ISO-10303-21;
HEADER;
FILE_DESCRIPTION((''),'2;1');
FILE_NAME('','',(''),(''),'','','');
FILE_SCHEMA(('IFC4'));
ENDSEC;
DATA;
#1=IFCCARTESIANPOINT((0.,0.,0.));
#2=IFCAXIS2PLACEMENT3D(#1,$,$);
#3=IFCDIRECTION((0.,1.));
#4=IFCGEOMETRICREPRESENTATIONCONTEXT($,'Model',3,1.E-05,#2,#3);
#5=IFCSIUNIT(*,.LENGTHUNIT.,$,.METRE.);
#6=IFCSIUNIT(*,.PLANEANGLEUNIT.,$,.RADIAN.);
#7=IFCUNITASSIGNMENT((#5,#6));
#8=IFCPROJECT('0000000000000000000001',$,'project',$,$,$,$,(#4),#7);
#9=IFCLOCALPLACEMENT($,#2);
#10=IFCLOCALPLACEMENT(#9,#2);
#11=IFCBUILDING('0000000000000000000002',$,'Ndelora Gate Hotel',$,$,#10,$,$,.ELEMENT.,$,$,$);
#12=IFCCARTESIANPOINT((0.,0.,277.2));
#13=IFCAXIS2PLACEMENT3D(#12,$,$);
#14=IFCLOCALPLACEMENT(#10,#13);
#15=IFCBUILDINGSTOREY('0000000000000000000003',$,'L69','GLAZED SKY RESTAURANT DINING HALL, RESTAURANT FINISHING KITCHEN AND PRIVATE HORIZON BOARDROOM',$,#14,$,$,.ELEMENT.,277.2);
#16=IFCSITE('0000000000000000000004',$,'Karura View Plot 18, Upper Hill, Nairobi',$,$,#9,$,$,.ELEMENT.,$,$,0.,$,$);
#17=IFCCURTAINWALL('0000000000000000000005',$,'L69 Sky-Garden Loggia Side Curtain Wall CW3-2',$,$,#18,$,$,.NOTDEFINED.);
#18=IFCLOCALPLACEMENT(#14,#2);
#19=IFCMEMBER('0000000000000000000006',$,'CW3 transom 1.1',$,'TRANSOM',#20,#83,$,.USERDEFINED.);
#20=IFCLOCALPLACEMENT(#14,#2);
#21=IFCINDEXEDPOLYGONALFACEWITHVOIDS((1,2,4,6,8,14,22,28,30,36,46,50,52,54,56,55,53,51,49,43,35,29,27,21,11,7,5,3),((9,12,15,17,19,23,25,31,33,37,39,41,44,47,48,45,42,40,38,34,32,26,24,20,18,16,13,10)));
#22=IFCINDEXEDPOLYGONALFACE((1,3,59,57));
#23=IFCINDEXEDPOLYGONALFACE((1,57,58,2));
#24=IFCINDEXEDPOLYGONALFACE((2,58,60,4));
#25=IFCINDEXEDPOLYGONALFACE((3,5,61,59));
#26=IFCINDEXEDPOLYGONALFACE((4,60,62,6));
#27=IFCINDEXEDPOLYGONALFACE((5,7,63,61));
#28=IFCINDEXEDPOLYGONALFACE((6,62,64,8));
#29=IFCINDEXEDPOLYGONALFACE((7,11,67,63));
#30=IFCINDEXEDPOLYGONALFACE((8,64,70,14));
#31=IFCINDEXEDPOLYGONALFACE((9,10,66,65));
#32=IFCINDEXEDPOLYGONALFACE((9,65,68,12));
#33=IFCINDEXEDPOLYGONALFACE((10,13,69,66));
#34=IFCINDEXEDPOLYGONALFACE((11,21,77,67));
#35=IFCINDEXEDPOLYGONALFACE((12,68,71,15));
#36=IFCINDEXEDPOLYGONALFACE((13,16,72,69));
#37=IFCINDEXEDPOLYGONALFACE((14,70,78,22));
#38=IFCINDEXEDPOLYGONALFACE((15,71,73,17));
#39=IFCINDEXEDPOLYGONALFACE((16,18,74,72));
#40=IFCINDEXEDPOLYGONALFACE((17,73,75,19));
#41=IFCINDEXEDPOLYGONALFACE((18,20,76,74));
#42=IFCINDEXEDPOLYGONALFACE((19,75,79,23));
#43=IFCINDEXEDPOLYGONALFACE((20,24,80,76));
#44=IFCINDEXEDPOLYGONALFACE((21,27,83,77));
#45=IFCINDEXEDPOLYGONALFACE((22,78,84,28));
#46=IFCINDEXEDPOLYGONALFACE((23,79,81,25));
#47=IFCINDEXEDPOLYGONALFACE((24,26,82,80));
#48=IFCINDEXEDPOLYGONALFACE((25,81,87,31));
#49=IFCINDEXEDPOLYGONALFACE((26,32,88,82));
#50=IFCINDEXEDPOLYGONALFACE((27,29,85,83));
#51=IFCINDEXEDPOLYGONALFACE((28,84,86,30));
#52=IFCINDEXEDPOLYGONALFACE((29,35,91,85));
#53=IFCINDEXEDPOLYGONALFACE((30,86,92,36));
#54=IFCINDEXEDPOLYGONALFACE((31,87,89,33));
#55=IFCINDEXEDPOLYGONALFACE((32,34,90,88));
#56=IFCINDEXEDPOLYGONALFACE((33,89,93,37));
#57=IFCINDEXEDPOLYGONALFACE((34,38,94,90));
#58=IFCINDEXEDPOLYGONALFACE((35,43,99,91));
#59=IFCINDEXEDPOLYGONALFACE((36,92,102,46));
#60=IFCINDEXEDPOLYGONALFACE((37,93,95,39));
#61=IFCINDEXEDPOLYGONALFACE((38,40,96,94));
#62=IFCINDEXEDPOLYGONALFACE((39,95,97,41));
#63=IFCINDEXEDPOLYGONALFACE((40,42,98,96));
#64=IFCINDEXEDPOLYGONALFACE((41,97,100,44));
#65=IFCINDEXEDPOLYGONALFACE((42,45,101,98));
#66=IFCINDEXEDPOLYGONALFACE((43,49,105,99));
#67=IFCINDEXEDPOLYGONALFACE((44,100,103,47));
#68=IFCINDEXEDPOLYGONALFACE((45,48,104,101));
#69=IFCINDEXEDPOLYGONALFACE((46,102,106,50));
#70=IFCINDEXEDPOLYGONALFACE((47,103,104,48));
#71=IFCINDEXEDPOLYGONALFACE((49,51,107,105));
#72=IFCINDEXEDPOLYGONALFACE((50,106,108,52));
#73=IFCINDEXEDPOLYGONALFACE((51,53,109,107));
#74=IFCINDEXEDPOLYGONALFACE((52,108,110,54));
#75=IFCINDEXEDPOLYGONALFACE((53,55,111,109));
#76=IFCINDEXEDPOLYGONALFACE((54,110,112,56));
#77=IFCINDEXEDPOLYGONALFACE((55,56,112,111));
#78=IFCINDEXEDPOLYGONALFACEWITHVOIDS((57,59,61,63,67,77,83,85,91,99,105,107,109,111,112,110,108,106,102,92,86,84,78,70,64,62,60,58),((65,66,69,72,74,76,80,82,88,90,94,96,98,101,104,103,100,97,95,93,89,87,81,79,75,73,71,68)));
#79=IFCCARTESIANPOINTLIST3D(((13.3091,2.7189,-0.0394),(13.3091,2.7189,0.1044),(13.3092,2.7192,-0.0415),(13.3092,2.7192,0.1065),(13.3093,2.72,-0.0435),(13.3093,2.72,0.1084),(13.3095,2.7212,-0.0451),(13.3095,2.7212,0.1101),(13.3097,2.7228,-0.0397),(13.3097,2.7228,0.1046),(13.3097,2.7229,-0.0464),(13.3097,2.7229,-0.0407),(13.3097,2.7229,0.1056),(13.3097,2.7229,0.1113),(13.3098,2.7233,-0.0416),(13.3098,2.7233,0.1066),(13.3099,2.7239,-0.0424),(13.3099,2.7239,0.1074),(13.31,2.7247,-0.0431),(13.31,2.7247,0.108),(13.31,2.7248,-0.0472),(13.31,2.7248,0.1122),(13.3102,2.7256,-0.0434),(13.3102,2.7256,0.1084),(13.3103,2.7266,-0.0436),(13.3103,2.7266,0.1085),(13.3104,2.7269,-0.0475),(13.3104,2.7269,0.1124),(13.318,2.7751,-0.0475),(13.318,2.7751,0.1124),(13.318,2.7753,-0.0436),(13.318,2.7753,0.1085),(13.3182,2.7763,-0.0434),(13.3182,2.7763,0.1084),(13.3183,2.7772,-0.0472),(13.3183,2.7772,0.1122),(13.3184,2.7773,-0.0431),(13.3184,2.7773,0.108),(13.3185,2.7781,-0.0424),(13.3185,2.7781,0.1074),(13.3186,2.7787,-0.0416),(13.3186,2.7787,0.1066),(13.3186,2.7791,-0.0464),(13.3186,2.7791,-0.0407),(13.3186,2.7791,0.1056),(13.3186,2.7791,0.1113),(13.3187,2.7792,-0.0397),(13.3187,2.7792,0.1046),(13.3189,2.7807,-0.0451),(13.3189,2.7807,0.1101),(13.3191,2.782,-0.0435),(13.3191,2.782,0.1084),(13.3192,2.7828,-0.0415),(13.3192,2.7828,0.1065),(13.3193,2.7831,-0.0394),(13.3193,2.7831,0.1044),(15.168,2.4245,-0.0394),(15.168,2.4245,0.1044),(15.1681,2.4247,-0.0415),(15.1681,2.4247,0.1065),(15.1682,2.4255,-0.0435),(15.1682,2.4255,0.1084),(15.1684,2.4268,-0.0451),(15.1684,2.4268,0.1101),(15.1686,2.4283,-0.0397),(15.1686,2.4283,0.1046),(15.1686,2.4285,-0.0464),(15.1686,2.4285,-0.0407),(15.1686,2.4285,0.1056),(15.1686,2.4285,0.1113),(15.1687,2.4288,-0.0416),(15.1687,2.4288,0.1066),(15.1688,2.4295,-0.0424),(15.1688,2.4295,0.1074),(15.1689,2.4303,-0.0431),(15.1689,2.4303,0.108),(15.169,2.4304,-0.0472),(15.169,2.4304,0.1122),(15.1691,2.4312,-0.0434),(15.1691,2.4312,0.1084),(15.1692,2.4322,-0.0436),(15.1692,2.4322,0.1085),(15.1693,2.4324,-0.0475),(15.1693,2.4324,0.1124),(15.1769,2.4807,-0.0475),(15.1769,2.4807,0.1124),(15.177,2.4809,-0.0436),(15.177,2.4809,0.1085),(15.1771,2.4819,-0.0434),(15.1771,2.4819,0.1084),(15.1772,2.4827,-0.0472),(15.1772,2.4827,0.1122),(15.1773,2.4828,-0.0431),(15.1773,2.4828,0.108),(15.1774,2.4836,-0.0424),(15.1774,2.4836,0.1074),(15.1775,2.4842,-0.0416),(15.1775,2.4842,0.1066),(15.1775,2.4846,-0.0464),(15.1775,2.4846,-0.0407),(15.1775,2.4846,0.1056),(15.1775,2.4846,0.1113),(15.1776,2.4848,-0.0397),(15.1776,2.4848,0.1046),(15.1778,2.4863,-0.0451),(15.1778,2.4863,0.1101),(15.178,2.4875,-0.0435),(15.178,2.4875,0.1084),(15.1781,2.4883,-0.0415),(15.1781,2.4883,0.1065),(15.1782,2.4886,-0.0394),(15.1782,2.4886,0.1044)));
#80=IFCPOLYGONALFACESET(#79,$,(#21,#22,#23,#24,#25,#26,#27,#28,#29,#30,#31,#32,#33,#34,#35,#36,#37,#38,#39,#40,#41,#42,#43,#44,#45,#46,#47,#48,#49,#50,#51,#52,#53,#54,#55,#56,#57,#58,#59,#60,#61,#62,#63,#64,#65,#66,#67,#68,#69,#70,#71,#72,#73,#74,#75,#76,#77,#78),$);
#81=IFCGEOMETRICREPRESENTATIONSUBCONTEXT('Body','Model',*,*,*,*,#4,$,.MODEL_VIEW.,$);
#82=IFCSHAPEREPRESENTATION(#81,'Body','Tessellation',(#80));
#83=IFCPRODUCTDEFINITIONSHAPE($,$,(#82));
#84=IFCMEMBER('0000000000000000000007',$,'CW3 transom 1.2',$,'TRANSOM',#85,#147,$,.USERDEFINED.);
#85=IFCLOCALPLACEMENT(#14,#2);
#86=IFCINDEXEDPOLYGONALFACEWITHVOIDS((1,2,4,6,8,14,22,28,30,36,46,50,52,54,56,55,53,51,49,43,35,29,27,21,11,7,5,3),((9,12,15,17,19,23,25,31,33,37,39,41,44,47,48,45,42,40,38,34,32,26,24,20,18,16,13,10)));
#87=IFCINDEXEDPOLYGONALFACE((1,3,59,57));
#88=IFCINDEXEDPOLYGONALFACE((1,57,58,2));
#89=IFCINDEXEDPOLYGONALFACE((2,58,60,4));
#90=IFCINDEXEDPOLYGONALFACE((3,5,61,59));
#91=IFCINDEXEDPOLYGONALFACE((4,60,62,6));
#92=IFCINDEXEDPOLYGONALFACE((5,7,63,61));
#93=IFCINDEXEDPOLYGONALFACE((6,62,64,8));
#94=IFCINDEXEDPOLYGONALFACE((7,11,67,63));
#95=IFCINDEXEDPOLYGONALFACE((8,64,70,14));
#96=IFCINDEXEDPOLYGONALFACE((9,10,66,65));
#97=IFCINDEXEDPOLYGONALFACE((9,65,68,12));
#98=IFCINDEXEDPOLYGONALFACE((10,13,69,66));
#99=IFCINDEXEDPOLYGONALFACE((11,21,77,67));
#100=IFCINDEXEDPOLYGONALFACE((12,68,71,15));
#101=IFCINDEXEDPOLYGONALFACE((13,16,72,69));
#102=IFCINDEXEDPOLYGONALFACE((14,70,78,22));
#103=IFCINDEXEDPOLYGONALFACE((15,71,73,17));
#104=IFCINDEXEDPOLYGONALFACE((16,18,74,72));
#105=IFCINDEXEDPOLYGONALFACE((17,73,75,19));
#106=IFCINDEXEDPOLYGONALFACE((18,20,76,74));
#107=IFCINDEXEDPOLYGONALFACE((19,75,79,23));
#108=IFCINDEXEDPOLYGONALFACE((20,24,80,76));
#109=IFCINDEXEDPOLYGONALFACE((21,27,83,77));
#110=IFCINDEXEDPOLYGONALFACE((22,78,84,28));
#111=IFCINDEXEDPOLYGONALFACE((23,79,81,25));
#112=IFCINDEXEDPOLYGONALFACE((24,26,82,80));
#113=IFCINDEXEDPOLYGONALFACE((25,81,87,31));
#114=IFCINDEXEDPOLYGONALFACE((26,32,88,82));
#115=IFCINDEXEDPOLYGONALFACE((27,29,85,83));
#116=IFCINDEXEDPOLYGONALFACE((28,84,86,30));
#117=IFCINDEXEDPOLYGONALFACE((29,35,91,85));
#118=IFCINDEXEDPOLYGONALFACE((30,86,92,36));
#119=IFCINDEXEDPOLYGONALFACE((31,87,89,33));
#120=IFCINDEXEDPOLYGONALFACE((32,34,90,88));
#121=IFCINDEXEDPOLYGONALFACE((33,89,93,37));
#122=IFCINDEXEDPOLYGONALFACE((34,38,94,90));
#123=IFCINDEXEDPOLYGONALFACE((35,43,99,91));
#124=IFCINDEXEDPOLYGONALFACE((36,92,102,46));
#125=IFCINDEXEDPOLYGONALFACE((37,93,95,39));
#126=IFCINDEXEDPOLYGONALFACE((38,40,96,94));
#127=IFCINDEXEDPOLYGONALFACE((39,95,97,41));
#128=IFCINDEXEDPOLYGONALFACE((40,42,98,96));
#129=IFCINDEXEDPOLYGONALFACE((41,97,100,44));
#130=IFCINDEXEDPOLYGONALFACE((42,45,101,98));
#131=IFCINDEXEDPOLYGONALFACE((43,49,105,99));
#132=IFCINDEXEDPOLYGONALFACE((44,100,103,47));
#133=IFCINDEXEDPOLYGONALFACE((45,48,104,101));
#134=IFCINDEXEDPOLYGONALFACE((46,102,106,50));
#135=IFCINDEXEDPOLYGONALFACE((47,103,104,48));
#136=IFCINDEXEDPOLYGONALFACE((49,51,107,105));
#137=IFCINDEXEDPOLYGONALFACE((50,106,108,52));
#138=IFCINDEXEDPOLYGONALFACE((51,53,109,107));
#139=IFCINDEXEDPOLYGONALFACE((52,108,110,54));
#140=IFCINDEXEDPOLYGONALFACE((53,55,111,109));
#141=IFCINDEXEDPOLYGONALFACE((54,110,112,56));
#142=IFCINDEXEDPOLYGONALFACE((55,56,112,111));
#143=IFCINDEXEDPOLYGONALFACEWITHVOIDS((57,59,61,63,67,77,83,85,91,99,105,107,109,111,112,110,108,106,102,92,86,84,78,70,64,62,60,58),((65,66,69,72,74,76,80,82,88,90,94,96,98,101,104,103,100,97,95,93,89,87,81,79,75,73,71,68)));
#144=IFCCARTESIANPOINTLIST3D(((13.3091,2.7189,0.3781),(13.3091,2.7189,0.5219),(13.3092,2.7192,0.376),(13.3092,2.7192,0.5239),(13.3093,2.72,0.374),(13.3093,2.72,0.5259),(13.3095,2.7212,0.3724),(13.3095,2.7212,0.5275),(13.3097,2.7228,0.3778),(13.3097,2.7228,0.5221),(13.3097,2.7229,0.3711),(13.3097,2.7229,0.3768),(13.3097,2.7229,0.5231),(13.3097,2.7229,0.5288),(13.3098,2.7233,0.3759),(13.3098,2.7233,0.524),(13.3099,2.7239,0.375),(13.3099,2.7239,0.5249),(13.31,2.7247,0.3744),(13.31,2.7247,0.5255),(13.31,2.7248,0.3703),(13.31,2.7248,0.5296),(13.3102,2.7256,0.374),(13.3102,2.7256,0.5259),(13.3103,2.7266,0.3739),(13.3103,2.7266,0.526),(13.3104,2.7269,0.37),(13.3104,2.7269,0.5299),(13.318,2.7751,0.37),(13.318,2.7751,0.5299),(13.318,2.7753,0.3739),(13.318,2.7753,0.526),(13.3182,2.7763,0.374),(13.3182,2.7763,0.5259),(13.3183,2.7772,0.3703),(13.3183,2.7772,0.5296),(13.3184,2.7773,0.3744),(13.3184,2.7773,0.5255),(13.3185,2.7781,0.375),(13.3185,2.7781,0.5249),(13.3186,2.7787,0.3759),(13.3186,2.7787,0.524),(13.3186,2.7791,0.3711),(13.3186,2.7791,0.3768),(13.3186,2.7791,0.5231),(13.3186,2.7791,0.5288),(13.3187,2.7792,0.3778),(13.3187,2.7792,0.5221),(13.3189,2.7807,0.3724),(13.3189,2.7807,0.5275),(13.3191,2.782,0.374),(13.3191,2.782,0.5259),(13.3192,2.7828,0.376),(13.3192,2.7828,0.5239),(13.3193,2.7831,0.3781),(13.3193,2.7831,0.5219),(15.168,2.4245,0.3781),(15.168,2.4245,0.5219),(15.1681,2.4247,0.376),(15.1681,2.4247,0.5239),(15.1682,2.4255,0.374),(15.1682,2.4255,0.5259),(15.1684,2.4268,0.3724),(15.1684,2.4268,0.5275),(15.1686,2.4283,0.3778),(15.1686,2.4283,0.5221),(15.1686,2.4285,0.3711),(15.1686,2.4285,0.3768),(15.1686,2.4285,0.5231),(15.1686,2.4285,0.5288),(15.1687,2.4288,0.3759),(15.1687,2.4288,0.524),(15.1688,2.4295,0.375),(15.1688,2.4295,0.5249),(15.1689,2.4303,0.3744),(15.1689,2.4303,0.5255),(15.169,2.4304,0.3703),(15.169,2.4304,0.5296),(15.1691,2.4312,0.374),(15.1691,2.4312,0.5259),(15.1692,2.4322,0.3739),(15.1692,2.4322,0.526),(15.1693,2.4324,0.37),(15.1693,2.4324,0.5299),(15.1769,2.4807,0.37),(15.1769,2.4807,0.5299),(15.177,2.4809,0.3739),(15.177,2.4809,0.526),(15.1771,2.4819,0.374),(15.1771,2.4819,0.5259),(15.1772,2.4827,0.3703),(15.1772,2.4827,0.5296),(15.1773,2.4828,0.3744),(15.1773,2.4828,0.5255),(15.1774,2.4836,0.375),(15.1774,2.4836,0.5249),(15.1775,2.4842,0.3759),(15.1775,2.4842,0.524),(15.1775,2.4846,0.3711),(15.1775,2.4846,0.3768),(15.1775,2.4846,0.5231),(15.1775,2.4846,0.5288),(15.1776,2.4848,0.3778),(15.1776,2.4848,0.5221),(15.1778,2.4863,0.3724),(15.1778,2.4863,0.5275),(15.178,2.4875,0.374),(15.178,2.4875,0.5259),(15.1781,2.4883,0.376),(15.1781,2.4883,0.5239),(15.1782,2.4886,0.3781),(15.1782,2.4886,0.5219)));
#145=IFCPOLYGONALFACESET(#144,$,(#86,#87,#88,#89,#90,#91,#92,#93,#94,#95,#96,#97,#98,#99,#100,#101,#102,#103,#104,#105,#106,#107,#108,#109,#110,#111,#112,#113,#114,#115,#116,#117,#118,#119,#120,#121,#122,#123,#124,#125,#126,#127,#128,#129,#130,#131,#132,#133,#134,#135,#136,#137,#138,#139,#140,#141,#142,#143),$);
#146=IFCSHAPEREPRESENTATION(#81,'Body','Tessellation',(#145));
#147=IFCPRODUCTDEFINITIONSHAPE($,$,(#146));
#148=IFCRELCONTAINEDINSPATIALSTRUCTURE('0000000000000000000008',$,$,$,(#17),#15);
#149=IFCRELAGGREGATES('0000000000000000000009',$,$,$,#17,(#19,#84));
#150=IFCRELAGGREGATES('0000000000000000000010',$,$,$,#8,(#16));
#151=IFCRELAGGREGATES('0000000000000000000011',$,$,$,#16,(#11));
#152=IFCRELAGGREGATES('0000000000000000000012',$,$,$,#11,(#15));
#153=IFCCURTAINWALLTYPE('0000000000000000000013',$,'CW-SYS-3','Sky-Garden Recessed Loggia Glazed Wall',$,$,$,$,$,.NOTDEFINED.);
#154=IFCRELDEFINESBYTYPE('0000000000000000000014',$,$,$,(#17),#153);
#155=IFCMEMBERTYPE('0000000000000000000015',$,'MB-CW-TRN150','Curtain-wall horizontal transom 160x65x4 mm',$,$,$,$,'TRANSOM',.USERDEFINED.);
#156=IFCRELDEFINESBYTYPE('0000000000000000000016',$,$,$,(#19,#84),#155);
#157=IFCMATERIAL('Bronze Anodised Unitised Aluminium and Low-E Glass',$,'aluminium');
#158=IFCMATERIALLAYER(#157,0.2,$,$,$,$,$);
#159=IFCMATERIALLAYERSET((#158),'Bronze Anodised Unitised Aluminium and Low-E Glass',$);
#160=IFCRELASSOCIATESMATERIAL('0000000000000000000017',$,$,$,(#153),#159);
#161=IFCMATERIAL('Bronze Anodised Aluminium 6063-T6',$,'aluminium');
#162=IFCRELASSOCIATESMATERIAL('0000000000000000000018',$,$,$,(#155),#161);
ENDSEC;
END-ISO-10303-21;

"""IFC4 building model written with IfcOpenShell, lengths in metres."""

from ifc_helpers import new_model, si_unit, direction, frame, origin, origin_2d, place, context, subcontext, project, spatial, hollow_rectangle, extrude, material, layer, layer_set, material_profile, profile_set, type_object, element, aggregate, save


model = new_model("IFC4")

# Units and contexts
model_context = context("Model", 3, precision=1e-05, world=origin(), true_north=direction((0.0, 1.0)))
body_context = subcontext(model_context, "Body", "Model", "MODEL_VIEW")
ifc_project = project(units=[si_unit("LENGTHUNIT", "METRE"), si_unit("PLANEANGLEUNIT", "RADIAN")], contexts=[model_context])

# Site, building, storey
site_placement = place(None, origin())
site = spatial("IfcSite", under=ifc_project, at=site_placement, Name="Karura View Plot 18, Upper Hill, Nairobi", CompositionType="ELEMENT", RefElevation=0.0)
building_placement = place(site_placement, origin())
building = spatial("IfcBuilding", under=site, at=building_placement, Name="Ndelora Gate Hotel", CompositionType="ELEMENT")
storey_placement = place(building_placement, frame((0.0, 0.0, 277.2)))
storey = spatial("IfcBuildingStorey", under=building, at=storey_placement, Name="L69", Description="GLAZED SKY RESTAURANT DINING HALL, RESTAURANT FINISHING KITCHEN AND PRIVATE HORIZON BOARDROOM", CompositionType="ELEMENT", Elevation=277.2)

# Curtain wall, members
ifc_material_1 = material(Name="Bronze Anodised Unitised Aluminium and Low-E Glass", Category="aluminium")
ifc_layer_1 = layer(ifc_material_1, 0.2)
ifc_layer_set_1 = layer_set([ifc_layer_1], Name="Bronze Anodised Unitised Aluminium and Low-E Glass")
curtain_wall_type = type_object("IfcCurtainWallType", Name="CW-SYS-3", Description="Sky-Garden Recessed Loggia Glazed Wall", PredefinedType="NOTDEFINED", material=ifc_layer_set_1)
curtain_wall_placement = place(storey_placement, origin())
curtain_wall = element("IfcCurtainWall", 1, at=curtain_wall_placement, inside=storey, type_object=curtain_wall_type, Name="L69 Sky-Garden Loggia Side Curtain Wall CW3-2", PredefinedType="NOTDEFINED")
ifc_material_2 = material(Name="Bronze Anodised Aluminium 6063-T6", Category="aluminium")
ifc_material_profile_1 = material_profile(ifc_material_2, hollow_rectangle(XDim=0.0649, YDim=0.1599, WallThickness=0.0039, InnerFilletRadius=0.0039, OuterFilletRadius=0.0081, at=origin_2d()), Name="ALU 160x65x4")
ifc_profile_set_1 = profile_set([ifc_material_profile_1], Name="Bronze Anodised Aluminium 6063-T6")
member_type_1 = type_object("IfcMemberType", Name="MB-CW-TRN150", Description="Curtain-wall horizontal transom 160x65x4 mm", ElementType="TRANSOM", PredefinedType="USERDEFINED", material=ifc_profile_set_1)
member_1_placement = place(storey_placement, frame((15.1731, 2.4565, 0.0325), z_axis=(-0.987687, 0.156442, 0.0), x_axis=(-0.156442, -0.987687, 0.0)))
member_1 = element("IfcMember", 2, at=member_1_placement, type_object=member_type_1, Name="CW3 transom 1.1", ObjectType="TRANSOM", PredefinedType="USERDEFINED", context=body_context, shape_type="SweptSolid", body=[
    extrude(hollow_rectangle(XDim=0.0649, YDim=0.1599, WallThickness=0.0039, InnerFilletRadius=0.0039, OuterFilletRadius=0.0081, at=origin_2d()), origin(), (0.0, 0.0, 1.0), 1.8821),
])
member_2_placement = place(storey_placement, frame((15.1731, 2.4565, 0.45), z_axis=(-0.987687, 0.156442, 0.0), x_axis=(-0.156442, -0.987687, 0.0)))
member_2 = element("IfcMember", 3, at=member_2_placement, type_object=member_type_1, Name="CW3 transom 1.2", ObjectType="TRANSOM", PredefinedType="USERDEFINED", context=body_context, shape_type="SweptSolid", body=[
    extrude(hollow_rectangle(XDim=0.0649, YDim=0.1599, WallThickness=0.0039, InnerFilletRadius=0.0039, OuterFilletRadius=0.0081, at=origin_2d()), origin(), (0.0, 0.0, 1.0), 1.8821),
])
aggregate(curtain_wall, [member_1, member_2])

save(model, "model.ifc")
